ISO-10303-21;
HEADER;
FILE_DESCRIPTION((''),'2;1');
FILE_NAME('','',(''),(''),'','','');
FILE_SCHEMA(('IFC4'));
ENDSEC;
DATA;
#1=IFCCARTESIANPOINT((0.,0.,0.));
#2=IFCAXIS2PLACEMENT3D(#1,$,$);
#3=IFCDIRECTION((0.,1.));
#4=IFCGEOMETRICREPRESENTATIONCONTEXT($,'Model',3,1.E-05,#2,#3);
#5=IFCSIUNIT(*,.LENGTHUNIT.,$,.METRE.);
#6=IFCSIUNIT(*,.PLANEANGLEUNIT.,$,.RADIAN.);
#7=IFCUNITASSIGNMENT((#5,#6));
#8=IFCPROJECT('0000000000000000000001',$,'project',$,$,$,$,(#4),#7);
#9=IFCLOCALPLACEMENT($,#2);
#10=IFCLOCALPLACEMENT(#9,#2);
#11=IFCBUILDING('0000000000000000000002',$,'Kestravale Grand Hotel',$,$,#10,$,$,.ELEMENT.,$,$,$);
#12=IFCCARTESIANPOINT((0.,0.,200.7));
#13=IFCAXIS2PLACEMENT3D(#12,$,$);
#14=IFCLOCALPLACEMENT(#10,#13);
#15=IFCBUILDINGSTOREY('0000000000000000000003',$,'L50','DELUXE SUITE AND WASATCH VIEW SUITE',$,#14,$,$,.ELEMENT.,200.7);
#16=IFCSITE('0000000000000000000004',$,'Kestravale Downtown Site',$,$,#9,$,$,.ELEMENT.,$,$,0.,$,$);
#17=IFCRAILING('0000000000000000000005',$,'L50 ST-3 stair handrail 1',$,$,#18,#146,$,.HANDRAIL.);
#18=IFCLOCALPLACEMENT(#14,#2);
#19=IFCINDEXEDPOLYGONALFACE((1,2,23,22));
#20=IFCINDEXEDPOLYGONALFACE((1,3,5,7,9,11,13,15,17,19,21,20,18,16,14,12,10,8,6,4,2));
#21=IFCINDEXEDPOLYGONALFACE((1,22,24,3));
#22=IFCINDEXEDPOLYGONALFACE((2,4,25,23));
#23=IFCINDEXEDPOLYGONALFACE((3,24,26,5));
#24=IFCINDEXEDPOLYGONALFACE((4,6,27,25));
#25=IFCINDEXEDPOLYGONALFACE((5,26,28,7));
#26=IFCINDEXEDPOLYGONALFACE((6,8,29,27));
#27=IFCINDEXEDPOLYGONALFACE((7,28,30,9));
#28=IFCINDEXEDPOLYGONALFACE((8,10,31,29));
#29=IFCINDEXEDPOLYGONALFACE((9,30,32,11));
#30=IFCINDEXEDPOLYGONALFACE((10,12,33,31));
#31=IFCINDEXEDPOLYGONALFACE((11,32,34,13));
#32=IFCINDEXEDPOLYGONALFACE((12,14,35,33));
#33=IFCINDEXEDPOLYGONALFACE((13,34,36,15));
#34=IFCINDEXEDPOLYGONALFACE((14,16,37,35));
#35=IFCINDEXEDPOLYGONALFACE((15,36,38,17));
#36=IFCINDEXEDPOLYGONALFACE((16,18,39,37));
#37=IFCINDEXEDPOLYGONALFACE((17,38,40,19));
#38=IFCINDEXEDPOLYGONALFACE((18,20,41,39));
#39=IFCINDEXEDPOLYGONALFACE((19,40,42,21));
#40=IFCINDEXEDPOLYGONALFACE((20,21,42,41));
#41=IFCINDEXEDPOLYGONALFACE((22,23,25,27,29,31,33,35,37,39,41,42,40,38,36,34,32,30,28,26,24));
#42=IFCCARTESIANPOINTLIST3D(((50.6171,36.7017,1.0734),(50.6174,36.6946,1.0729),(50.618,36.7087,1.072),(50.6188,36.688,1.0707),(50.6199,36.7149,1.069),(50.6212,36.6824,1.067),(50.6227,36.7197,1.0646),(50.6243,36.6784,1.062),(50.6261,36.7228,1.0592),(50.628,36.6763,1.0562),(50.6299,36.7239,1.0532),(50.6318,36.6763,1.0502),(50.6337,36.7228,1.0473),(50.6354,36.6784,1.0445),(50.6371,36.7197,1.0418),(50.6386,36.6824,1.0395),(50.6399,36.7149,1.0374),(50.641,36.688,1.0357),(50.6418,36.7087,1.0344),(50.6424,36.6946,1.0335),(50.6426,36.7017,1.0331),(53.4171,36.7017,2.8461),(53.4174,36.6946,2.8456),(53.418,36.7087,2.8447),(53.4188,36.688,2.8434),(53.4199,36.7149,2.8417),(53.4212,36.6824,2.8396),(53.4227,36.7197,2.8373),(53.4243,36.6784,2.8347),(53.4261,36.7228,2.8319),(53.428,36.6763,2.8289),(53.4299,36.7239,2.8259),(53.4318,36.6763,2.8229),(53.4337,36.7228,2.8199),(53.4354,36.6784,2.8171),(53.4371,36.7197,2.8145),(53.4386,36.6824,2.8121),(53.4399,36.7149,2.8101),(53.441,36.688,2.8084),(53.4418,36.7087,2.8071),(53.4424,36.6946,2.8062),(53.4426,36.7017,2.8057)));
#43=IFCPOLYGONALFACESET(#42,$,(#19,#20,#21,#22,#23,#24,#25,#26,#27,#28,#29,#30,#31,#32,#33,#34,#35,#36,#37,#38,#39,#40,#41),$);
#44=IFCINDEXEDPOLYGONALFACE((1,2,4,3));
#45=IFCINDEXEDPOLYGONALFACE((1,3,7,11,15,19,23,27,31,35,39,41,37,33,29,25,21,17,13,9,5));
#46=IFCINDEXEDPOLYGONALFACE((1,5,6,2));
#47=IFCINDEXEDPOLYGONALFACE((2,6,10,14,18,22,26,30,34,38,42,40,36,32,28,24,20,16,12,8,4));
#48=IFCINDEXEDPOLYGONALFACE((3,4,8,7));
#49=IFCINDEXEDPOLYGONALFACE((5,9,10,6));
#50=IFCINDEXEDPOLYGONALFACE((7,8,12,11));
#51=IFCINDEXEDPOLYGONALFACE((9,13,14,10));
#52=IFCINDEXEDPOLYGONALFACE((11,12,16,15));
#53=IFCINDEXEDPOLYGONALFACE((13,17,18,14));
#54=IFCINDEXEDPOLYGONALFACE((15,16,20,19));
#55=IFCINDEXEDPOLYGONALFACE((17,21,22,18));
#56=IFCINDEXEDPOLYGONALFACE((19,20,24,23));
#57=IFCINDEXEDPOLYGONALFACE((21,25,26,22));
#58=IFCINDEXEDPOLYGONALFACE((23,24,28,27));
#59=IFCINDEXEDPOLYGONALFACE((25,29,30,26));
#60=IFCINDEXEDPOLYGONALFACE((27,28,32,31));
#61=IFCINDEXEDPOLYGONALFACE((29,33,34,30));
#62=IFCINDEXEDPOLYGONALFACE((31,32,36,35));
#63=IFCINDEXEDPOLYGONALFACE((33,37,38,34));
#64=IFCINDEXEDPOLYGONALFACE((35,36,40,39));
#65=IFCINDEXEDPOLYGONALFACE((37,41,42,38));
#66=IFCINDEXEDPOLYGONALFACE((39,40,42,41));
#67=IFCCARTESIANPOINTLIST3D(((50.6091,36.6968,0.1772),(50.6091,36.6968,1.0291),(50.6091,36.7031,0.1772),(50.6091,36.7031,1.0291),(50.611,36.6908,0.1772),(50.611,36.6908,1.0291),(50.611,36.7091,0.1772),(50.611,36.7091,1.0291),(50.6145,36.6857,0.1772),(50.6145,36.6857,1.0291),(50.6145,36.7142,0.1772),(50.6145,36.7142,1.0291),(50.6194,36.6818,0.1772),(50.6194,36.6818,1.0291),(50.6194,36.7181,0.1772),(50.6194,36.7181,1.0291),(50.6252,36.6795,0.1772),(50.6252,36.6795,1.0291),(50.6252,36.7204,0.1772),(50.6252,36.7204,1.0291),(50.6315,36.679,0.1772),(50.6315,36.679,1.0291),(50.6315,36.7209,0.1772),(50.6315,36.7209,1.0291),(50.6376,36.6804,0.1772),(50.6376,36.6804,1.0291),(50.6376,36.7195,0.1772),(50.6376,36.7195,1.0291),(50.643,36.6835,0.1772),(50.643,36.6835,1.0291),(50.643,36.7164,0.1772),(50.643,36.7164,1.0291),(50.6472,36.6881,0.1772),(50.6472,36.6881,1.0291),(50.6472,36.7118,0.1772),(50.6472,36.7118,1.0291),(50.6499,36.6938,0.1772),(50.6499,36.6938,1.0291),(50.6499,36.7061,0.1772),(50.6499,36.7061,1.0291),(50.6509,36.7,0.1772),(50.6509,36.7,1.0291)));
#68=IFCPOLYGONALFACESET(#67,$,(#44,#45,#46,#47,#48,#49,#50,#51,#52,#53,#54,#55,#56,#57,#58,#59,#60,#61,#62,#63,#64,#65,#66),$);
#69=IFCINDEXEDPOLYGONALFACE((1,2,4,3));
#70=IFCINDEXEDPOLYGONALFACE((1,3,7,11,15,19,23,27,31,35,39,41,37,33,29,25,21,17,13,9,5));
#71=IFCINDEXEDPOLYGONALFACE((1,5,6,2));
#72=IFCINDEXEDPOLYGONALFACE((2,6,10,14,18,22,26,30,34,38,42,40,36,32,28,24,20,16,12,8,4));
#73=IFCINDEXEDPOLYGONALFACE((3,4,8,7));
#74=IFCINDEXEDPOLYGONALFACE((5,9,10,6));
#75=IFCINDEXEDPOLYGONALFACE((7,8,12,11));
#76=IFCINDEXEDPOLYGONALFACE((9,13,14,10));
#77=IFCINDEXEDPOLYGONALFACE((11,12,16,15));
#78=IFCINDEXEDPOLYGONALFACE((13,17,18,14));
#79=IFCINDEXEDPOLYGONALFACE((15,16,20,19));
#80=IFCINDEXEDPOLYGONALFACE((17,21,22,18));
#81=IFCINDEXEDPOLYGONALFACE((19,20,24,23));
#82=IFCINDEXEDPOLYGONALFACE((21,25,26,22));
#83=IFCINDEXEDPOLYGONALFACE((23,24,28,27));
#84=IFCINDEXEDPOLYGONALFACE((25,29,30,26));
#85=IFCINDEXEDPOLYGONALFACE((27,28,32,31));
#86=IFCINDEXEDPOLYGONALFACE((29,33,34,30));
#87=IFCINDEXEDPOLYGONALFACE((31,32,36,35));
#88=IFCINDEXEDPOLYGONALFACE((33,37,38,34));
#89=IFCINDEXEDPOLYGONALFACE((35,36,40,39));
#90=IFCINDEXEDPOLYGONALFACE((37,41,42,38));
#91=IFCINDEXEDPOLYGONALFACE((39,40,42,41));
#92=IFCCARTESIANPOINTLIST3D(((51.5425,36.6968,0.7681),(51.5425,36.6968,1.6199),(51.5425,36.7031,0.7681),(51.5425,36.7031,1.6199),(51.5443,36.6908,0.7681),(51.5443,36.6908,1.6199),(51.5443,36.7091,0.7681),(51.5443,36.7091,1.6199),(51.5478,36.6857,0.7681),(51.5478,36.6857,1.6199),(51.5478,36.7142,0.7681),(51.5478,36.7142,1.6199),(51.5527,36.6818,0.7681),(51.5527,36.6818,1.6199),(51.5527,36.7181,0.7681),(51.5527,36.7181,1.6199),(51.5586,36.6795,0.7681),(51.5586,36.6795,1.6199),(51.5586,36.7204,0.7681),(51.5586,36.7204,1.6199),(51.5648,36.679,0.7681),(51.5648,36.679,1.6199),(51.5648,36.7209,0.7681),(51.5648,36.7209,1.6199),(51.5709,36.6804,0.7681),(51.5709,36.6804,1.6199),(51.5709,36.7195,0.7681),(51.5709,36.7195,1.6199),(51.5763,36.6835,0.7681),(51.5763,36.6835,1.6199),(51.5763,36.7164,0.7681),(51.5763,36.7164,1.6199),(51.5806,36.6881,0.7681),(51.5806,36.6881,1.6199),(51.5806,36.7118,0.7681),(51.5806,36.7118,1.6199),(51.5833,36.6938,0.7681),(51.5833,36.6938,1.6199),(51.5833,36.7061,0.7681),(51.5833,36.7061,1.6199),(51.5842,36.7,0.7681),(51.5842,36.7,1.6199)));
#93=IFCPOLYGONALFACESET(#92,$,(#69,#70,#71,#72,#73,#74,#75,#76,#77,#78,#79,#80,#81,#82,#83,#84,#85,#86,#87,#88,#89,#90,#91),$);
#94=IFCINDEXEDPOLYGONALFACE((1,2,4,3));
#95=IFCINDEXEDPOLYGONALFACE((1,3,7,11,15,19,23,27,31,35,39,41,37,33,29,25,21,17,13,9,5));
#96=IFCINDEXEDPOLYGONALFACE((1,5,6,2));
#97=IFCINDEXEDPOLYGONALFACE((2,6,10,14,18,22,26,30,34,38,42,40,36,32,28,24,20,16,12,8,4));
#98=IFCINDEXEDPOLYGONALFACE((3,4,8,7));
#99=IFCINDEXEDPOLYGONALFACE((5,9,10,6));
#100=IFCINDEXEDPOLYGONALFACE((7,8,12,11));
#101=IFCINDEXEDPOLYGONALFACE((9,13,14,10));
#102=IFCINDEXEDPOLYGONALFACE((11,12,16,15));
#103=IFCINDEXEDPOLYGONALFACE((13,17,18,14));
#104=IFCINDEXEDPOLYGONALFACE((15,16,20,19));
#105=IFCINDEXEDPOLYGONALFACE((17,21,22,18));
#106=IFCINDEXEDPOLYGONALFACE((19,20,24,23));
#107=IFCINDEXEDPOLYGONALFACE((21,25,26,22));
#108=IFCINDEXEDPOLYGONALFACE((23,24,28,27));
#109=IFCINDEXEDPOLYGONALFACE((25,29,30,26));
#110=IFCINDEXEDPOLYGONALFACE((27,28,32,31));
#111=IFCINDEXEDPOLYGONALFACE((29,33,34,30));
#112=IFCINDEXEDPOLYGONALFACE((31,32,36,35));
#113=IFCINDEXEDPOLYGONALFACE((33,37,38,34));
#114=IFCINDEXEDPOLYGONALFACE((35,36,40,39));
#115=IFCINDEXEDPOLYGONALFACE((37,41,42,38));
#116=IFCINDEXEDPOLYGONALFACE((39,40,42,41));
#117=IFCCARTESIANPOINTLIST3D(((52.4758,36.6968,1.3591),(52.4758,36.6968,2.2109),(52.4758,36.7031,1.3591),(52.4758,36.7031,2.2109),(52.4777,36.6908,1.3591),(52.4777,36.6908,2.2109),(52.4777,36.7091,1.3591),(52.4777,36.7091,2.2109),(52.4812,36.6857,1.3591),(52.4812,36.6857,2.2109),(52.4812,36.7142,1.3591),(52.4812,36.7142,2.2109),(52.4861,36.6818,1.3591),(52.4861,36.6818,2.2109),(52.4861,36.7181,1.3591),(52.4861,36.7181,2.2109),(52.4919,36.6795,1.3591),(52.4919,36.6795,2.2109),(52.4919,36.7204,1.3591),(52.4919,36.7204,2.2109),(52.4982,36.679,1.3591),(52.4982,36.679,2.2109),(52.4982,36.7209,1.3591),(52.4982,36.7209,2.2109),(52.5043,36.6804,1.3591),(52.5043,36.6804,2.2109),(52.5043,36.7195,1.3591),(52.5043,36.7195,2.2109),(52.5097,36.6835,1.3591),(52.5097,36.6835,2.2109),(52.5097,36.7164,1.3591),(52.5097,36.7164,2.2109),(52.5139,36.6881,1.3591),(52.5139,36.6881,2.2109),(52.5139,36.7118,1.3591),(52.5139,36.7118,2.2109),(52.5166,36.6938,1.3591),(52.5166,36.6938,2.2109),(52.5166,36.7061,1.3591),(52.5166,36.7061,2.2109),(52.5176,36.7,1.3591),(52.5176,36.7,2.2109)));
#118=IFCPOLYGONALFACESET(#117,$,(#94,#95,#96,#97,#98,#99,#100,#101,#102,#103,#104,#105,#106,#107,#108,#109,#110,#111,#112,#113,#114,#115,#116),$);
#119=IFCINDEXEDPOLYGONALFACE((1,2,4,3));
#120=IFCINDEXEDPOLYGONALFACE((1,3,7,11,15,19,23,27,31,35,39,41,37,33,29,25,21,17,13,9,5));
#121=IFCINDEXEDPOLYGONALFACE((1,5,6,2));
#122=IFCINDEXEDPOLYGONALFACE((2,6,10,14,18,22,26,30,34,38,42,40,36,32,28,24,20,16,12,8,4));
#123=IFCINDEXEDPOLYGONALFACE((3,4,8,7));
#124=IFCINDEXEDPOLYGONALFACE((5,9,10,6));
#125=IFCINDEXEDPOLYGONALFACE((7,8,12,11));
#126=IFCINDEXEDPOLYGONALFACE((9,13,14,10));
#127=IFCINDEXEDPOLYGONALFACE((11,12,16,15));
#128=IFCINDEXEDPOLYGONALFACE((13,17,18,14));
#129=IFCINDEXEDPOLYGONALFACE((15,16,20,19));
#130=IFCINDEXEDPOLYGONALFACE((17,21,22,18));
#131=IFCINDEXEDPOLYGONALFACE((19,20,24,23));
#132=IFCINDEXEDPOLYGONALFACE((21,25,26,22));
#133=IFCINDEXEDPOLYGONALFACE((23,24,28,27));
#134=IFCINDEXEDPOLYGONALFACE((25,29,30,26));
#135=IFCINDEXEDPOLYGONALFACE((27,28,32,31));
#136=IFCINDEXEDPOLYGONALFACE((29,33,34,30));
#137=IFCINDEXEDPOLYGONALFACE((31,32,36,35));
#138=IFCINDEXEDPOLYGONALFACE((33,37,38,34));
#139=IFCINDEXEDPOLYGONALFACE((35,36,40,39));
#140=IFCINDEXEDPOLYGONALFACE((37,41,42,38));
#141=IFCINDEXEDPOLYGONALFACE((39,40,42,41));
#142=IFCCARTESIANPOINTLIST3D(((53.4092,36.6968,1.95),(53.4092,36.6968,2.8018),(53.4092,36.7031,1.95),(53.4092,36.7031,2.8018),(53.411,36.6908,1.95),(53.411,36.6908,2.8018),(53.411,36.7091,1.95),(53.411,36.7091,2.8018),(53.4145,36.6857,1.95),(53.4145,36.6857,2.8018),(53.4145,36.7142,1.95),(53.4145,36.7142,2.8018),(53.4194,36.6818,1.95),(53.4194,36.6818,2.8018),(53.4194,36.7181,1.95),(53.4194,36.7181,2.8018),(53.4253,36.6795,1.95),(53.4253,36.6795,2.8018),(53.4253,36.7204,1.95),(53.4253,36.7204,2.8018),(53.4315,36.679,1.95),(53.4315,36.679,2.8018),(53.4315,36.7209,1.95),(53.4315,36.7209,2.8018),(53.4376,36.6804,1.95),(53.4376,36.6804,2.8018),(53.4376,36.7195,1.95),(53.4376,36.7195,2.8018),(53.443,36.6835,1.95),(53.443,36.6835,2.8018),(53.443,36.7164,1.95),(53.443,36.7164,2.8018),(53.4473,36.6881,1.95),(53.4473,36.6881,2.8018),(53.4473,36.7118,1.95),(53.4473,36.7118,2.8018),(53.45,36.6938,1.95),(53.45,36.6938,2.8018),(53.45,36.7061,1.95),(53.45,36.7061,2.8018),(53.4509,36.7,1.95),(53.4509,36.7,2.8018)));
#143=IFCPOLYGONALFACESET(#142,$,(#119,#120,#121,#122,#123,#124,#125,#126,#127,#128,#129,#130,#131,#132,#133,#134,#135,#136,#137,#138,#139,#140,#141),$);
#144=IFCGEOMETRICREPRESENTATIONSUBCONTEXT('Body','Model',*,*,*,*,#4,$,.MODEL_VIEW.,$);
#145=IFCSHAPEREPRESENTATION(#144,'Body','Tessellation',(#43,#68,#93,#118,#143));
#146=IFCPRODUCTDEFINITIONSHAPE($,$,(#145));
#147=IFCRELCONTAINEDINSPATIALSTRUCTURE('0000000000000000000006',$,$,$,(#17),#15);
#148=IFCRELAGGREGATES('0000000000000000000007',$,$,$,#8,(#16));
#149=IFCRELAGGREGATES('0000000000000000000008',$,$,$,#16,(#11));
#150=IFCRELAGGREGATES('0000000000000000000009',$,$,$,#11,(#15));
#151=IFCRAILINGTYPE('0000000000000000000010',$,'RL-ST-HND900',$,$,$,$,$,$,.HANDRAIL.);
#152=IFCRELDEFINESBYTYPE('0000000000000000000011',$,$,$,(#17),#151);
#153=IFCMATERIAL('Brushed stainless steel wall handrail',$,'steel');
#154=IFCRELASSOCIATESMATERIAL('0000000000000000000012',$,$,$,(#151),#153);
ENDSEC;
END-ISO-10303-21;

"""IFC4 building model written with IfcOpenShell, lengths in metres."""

from ifc_helpers import new_model, si_unit, direction, frame, origin, origin_2d, place, context, subcontext, project, spatial, circle, extrude, material, type_object, element, save


model = new_model("IFC4")

# Units and contexts
model_context = context("Model", 3, precision=1e-05, world=origin(), true_north=direction((0.0, 1.0)))
body_context = subcontext(model_context, "Body", "Model", "MODEL_VIEW")
ifc_project = project(units=[si_unit("LENGTHUNIT", "METRE"), si_unit("PLANEANGLEUNIT", "RADIAN")], contexts=[model_context])

# Site, building, storey
site_placement = place(None, origin())
site = spatial("IfcSite", under=ifc_project, at=site_placement, Name="Kestravale Downtown Site", CompositionType="ELEMENT", RefElevation=0.0)
building_placement = place(site_placement, origin())
building = spatial("IfcBuilding", under=site, at=building_placement, Name="Kestravale Grand Hotel", CompositionType="ELEMENT")
storey_placement = place(building_placement, frame((0.0, 0.0, 200.7)))
storey = spatial("IfcBuildingStorey", under=building, at=storey_placement, Name="L50", Description="DELUXE SUITE AND WASATCH VIEW SUITE", CompositionType="ELEMENT", Elevation=200.7)

# Railing
ifc_material_1 = material(Name="Brushed stainless steel wall handrail", Category="steel")
railing_type_1 = type_object("IfcRailingType", Name="RL-ST-HND900", PredefinedType="HANDRAIL", material=ifc_material_1)
railing_1_placement = place(storey_placement, frame((50.6299, 36.7, 0.1772)))
element("IfcRailing", 1, at=railing_1_placement, inside=storey, type_object=railing_type_1, Name="L50 ST-3 stair handrail 1", PredefinedType="HANDRAIL", context=body_context, shape_type="SweptSolid", body=[
    extrude(circle(Radius=0.0239, at=origin_2d()), frame((0.0, 0.0, 0.876), z_axis=(0.844909, 0.0, 0.53491), x_axis=(0.0, 1.0, 0.0)), (0.0, 0.0, 1.0), 3.314),
    extrude(circle(Radius=0.021, at=origin_2d()), origin(), (0.0, 0.0, 1.0), 0.8518),
    extrude(circle(Radius=0.021, at=origin_2d()), frame((0.9333, 0.0, 0.5908)), (0.0, 0.0, 1.0), 0.8518),
    extrude(circle(Radius=0.021, at=origin_2d()), frame((1.8667, 0.0, 1.1819)), (0.0, 0.0, 1.0), 0.8518),
    extrude(circle(Radius=0.021, at=origin_2d()), frame((2.8, 0.0, 1.7727)), (0.0, 0.0, 1.0), 0.8518),
])

save(model, "model.ifc")
